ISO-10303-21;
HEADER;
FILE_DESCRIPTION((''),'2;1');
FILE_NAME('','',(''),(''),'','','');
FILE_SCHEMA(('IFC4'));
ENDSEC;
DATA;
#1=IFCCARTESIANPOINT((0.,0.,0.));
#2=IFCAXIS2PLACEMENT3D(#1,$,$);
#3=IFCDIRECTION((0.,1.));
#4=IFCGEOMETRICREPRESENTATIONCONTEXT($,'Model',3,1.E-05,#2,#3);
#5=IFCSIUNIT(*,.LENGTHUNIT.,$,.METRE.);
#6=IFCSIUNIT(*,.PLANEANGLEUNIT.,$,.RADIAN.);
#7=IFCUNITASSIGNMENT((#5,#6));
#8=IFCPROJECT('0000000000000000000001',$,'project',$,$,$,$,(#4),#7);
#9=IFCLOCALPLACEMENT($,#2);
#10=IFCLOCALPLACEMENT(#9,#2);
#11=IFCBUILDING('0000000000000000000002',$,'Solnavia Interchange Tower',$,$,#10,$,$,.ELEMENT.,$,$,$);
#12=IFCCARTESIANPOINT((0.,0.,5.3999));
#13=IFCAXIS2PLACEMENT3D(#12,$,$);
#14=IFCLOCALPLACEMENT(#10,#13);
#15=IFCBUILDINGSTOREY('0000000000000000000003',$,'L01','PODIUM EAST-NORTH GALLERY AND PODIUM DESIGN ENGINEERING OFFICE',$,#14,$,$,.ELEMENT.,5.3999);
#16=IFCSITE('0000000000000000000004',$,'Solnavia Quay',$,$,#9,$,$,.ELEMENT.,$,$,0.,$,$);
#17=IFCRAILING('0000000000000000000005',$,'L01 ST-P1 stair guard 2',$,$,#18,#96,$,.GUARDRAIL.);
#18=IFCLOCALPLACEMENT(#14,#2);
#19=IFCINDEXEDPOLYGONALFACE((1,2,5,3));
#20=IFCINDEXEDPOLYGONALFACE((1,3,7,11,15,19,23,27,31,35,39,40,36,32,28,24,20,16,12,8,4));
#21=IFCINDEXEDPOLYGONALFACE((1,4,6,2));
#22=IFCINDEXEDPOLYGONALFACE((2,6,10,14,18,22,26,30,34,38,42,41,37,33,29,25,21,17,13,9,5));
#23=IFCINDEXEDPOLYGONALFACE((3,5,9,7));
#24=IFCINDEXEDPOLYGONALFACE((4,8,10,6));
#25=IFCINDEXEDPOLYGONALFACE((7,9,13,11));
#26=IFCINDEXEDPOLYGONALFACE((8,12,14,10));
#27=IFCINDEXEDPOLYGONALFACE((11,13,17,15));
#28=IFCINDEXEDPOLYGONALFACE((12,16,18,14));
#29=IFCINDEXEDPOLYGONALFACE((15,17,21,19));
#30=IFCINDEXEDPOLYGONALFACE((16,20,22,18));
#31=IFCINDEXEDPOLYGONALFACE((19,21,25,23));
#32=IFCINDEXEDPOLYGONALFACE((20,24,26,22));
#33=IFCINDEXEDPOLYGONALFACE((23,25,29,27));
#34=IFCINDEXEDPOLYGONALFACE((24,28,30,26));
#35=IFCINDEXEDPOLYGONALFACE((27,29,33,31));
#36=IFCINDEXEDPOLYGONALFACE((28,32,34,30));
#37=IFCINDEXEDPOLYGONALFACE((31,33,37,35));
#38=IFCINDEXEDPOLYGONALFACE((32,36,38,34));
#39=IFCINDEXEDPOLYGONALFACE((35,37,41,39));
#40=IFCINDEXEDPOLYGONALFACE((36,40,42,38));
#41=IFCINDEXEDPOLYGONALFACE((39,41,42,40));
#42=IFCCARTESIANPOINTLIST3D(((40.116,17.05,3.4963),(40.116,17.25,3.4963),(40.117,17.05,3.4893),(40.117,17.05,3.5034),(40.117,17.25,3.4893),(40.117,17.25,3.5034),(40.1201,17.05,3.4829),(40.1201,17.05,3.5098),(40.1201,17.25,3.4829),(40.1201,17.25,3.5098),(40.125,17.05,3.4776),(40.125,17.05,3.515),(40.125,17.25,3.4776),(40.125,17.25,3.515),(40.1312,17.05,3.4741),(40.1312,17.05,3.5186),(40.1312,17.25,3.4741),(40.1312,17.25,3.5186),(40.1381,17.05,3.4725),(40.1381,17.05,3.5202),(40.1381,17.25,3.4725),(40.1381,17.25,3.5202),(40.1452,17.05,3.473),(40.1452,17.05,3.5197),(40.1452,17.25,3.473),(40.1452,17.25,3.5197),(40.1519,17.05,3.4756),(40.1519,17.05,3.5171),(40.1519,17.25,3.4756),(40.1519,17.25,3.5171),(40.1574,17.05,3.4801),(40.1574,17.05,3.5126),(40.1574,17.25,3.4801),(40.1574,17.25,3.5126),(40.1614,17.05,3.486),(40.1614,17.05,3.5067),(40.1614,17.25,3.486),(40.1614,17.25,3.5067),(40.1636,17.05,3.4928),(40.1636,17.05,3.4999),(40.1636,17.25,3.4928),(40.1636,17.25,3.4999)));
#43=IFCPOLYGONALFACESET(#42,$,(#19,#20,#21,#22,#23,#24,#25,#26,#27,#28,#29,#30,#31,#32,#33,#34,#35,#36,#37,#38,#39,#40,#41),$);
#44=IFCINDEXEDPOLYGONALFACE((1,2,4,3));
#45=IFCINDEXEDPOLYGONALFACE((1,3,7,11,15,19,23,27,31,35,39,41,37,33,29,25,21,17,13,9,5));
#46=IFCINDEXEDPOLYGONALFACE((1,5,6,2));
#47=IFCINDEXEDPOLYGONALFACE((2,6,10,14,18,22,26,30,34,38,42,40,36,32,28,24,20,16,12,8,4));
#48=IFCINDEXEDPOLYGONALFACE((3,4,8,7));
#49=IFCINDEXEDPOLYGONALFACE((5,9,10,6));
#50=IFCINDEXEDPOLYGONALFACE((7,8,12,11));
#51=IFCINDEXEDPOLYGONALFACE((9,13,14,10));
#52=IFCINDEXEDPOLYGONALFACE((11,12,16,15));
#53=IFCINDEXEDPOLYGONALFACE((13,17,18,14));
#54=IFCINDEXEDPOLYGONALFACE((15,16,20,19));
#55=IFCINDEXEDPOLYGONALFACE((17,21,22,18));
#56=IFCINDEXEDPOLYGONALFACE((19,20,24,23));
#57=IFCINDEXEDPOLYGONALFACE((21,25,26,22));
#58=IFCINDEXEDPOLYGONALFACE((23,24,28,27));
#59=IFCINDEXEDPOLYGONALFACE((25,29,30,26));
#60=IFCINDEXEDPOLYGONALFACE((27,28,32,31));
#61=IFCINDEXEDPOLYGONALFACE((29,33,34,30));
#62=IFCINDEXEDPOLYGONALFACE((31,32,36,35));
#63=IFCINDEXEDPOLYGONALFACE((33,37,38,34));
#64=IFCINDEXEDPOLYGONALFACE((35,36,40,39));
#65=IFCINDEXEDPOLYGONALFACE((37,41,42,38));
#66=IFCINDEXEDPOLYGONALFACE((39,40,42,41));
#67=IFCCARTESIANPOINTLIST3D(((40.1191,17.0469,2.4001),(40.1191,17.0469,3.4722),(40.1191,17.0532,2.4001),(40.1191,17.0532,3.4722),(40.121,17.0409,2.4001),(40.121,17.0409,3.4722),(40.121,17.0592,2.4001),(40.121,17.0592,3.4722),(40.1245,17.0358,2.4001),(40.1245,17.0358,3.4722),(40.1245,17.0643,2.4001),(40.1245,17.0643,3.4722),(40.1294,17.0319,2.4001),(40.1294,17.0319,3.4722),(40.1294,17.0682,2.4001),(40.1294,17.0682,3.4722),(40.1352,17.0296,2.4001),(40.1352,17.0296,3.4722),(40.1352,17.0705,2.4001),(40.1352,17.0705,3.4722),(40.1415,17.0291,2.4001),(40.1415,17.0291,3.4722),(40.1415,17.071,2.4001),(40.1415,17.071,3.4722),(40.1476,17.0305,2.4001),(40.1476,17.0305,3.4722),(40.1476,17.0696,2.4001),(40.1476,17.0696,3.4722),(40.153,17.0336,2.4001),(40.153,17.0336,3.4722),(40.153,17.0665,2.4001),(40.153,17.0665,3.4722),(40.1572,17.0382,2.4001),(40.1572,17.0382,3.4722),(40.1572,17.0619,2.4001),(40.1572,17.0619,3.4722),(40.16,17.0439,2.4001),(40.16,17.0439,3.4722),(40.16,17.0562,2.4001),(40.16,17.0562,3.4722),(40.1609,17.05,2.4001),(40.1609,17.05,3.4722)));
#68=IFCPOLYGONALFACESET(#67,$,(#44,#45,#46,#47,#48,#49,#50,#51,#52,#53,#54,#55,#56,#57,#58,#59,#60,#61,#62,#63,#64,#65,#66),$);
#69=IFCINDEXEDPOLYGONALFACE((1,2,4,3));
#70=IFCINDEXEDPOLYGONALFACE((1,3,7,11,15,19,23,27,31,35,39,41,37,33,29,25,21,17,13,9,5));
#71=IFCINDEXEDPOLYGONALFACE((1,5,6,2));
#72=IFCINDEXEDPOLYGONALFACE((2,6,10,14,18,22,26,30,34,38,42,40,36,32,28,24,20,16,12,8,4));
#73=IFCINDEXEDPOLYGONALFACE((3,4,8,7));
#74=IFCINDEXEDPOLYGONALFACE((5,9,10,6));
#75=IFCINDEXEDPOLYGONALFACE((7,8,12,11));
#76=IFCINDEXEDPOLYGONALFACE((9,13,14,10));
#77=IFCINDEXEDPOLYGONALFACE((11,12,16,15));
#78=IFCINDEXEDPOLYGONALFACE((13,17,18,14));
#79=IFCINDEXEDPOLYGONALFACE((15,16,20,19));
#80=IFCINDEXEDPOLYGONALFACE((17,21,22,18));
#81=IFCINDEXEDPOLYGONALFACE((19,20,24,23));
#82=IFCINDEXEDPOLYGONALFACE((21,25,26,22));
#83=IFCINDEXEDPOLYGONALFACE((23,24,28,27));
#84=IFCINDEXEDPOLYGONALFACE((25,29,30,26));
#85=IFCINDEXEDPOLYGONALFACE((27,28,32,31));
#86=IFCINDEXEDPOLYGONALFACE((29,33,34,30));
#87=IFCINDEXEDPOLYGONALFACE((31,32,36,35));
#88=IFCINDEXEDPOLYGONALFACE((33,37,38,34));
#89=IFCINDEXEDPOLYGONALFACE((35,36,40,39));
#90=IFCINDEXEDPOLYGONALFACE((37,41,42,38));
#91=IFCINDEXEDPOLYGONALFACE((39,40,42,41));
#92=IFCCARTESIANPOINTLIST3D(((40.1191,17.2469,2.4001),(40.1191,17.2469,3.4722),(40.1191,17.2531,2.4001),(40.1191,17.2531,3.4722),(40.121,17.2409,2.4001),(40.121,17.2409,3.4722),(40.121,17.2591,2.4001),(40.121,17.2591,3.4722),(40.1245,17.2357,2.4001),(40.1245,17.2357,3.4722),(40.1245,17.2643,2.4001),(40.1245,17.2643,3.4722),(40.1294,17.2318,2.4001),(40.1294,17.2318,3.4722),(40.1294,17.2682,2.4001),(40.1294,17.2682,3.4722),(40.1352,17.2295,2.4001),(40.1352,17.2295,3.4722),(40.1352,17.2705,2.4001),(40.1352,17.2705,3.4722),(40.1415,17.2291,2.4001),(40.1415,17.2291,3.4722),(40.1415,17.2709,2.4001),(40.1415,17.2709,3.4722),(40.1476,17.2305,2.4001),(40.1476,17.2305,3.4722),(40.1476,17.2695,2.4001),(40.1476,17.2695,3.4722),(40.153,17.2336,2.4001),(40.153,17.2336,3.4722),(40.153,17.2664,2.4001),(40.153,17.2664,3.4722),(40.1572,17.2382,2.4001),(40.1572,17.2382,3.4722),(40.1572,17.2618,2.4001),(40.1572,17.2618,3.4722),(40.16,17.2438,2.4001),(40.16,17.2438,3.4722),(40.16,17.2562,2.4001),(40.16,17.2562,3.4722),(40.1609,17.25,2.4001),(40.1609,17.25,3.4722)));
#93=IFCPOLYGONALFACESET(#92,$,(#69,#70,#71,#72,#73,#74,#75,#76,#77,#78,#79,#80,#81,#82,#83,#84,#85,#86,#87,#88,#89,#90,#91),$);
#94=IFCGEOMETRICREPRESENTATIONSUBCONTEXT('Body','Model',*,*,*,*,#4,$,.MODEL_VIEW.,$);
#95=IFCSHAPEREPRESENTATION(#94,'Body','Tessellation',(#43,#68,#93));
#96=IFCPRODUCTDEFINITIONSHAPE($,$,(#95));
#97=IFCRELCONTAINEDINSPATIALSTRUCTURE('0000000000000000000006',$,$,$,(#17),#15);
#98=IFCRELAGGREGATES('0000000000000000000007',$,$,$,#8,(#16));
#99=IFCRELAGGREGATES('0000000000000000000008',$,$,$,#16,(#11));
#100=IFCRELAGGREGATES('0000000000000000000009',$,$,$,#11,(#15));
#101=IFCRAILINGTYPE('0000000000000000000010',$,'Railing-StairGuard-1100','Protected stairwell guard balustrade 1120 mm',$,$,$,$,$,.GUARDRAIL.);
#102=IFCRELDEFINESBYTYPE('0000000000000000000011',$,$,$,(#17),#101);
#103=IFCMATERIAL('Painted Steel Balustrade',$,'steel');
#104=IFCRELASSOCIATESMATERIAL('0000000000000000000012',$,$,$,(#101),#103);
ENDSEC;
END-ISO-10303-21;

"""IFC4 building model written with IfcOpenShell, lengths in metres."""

from ifc_helpers import new_model, si_unit, direction, frame, origin, origin_2d, place, context, subcontext, project, spatial, circle, extrude, material, type_object, element, save


model = new_model("IFC4")

# Units and contexts
model_context = context("Model", 3, precision=1e-05, world=origin(), true_north=direction((0.0, 1.0)))
body_context = subcontext(model_context, "Body", "Model", "MODEL_VIEW")
ifc_project = project(units=[si_unit("LENGTHUNIT", "METRE"), si_unit("PLANEANGLEUNIT", "RADIAN")], contexts=[model_context])

# Site, building, storey
site_placement = place(None, origin())
site = spatial("IfcSite", under=ifc_project, at=site_placement, Name="Solnavia Quay", CompositionType="ELEMENT", RefElevation=0.0)
building_placement = place(site_placement, origin())
building = spatial("IfcBuilding", under=site, at=building_placement, Name="Solnavia Interchange Tower", CompositionType="ELEMENT")
storey_placement = place(building_placement, frame((0.0, 0.0, 5.3999)))
storey = spatial("IfcBuildingStorey", under=building, at=storey_placement, Name="L01", Description="PODIUM EAST-NORTH GALLERY AND PODIUM DESIGN ENGINEERING OFFICE", CompositionType="ELEMENT", Elevation=5.3999)

# Railing
ifc_material_1 = material(Name="Painted Steel Balustrade", Category="steel")
railing_type_1 = type_object("IfcRailingType", Name="Railing-StairGuard-1100", Description="Protected stairwell guard balustrade 1120 mm", PredefinedType="GUARDRAIL", material=ifc_material_1)
railing_1_placement = place(storey_placement, frame((40.1399, 17.05, 2.4001)))
element("IfcRailing", 1, at=railing_1_placement, inside=storey, type_object=railing_type_1, Name="L01 ST-P1 stair guard 2", PredefinedType="GUARDRAIL", context=body_context, shape_type="SweptSolid", body=[
    extrude(circle(Radius=0.0239, at=origin_2d()), frame((0.0, 0.0, 1.0962), z_axis=(0.0, 1.0, 0.0), x_axis=(-1.0, 0.0, 0.0)), (0.0, 0.0, 1.0), 0.2),
    extrude(circle(Radius=0.021, at=origin_2d()), origin(), (0.0, 0.0, 1.0), 1.072),
    extrude(circle(Radius=0.021, at=origin_2d()), frame((0.0, 0.2, 0.0)), (0.0, 0.0, 1.0), 1.072),
])

save(model, "model.ifc")
